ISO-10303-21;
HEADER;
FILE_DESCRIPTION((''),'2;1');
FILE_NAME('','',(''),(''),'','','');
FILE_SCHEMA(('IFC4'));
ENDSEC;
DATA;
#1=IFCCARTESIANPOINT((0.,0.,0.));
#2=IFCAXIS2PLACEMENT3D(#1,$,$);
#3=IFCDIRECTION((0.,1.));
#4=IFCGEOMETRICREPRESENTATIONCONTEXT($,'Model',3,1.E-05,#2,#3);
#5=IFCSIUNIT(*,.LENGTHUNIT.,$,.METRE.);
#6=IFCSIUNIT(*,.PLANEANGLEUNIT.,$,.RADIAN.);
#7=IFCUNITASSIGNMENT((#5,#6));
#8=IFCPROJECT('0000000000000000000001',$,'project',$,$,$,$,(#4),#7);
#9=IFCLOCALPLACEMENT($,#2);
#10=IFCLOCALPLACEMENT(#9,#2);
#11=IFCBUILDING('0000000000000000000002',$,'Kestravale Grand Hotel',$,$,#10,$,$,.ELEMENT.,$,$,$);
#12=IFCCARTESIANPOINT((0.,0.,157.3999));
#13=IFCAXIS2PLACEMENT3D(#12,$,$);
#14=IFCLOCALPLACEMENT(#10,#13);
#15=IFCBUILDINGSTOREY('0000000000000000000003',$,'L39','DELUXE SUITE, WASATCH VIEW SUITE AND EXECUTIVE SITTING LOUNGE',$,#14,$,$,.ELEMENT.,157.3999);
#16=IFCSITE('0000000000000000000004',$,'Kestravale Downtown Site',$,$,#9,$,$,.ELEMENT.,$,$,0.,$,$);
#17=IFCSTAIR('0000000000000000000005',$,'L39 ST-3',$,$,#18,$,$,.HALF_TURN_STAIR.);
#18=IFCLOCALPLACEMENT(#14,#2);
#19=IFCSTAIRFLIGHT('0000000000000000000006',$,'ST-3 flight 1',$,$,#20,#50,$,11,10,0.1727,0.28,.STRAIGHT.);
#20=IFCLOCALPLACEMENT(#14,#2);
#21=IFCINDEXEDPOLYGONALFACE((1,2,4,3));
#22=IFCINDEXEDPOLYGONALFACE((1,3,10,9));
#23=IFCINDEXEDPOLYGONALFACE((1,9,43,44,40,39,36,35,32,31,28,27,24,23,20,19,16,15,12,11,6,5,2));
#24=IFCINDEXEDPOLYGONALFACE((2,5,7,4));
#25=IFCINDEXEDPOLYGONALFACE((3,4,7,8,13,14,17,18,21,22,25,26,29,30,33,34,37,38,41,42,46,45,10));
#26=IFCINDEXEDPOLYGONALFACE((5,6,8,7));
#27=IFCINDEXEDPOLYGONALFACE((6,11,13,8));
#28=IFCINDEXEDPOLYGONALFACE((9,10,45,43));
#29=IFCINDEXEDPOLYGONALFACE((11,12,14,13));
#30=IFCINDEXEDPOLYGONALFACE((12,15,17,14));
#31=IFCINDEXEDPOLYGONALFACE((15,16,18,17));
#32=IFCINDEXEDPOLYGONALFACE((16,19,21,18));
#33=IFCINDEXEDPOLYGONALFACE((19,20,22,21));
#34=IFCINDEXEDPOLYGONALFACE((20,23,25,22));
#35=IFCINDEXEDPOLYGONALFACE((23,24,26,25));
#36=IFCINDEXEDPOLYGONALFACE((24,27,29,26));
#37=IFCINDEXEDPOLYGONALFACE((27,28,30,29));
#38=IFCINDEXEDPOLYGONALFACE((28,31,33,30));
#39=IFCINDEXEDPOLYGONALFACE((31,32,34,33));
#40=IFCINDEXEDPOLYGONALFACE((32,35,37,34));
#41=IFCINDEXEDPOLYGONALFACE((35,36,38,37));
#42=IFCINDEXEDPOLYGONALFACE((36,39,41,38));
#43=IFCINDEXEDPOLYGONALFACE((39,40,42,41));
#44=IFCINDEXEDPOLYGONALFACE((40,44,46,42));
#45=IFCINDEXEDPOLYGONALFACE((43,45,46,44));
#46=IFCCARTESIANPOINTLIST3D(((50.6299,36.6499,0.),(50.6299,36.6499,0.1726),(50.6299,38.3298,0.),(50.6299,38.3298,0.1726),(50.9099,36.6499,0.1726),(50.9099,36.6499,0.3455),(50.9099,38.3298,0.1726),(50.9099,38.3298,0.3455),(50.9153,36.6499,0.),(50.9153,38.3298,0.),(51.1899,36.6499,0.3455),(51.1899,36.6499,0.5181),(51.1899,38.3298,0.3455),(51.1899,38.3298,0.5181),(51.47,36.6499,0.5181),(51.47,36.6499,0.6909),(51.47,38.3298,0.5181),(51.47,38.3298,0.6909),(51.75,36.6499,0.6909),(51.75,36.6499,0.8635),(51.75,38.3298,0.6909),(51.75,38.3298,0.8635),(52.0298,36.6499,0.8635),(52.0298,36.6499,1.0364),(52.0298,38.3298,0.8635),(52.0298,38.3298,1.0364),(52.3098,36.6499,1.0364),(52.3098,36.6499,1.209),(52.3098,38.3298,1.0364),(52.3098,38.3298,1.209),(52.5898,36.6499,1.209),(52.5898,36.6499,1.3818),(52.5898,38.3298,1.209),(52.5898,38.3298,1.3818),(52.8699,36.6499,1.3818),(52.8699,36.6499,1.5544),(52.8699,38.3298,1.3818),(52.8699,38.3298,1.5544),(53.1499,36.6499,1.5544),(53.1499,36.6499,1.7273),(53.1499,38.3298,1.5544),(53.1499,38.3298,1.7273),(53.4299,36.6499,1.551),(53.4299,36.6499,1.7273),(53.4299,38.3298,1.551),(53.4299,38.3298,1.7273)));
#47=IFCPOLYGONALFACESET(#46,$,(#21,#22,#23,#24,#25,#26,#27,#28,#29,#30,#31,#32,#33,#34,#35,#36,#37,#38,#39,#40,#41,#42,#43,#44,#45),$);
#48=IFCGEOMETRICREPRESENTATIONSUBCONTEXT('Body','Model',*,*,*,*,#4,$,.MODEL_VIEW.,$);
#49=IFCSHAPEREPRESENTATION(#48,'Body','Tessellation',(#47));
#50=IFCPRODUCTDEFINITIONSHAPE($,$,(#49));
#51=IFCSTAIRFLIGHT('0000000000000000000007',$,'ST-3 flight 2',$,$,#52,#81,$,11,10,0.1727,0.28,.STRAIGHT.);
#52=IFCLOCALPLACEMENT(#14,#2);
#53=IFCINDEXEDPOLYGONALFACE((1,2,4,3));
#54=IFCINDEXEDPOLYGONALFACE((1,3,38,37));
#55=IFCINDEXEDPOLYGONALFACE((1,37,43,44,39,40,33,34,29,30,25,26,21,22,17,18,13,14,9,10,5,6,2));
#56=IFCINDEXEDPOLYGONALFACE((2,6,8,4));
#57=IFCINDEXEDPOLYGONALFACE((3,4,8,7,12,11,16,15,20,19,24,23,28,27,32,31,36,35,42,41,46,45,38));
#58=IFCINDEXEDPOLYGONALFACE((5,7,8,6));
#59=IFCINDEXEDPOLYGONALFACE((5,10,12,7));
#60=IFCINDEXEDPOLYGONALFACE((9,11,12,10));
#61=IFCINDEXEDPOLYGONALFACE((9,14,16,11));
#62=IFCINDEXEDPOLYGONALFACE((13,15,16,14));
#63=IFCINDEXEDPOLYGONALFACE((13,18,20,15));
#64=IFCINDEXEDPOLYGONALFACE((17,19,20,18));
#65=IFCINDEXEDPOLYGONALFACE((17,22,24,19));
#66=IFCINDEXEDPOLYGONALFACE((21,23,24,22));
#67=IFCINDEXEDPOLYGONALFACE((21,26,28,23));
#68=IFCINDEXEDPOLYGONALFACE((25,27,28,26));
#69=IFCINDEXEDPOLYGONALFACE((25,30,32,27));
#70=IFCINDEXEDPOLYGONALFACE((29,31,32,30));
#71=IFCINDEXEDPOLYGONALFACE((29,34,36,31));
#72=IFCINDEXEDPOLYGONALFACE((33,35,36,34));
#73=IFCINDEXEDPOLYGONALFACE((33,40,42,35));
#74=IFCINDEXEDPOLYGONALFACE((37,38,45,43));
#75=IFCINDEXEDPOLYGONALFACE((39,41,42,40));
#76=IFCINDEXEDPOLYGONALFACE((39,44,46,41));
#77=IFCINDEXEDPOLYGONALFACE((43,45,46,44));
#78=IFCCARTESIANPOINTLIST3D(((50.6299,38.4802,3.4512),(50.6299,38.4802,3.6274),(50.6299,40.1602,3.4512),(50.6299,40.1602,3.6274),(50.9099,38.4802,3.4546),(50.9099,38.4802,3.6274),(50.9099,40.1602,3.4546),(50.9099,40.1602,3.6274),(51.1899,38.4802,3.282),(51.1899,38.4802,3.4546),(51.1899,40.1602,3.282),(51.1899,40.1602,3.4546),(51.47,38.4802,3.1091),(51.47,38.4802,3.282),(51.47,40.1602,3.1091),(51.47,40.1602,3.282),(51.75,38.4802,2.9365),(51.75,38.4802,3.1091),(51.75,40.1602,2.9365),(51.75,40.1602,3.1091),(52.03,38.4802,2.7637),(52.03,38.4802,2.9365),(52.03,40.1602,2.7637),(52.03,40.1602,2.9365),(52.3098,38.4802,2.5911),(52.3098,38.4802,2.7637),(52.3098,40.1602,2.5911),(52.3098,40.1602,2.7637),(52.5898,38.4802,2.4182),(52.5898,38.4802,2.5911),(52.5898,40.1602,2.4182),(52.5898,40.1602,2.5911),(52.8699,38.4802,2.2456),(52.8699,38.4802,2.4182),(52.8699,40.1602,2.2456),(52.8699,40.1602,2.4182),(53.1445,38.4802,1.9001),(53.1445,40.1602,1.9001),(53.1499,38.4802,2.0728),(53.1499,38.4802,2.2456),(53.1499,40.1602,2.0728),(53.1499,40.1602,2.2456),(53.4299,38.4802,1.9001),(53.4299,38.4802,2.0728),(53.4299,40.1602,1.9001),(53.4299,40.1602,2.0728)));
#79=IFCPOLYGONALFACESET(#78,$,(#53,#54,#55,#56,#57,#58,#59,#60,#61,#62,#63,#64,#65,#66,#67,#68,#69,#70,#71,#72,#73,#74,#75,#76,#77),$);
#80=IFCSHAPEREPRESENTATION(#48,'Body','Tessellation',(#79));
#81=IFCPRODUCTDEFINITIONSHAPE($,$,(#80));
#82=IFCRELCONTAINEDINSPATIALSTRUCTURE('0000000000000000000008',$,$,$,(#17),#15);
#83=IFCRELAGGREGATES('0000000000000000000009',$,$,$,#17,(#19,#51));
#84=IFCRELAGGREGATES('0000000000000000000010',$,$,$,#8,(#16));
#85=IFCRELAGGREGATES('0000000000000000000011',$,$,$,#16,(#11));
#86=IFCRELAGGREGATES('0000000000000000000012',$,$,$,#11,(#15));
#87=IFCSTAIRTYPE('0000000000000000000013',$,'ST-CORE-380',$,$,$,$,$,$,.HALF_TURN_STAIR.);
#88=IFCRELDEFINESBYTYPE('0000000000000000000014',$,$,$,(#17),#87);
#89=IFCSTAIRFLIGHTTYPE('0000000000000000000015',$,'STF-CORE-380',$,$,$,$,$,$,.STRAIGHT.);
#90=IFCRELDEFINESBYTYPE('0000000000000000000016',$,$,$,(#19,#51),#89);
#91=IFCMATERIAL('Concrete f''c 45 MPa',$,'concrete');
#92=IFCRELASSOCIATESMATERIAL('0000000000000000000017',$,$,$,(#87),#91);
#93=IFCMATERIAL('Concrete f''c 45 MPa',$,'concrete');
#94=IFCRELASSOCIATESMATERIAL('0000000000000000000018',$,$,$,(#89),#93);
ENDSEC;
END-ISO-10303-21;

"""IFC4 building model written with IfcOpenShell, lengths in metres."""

from ifc_helpers import new_model, si_unit, direction, frame, origin, place, context, subcontext, project, spatial, polyline, outline, extrude, material, type_object, element, aggregate, save


model = new_model("IFC4")

# Units and contexts
model_context = context("Model", 3, precision=1e-05, world=origin(), true_north=direction((0.0, 1.0)))
body_context = subcontext(model_context, "Body", "Model", "MODEL_VIEW")
ifc_project = project(units=[si_unit("LENGTHUNIT", "METRE"), si_unit("PLANEANGLEUNIT", "RADIAN")], contexts=[model_context])

# Site, building, storey
site_placement = place(None, origin())
site = spatial("IfcSite", under=ifc_project, at=site_placement, Name="Kestravale Downtown Site", CompositionType="ELEMENT", RefElevation=0.0)
building_placement = place(site_placement, origin())
building = spatial("IfcBuilding", under=site, at=building_placement, Name="Kestravale Grand Hotel", CompositionType="ELEMENT")
storey_placement = place(building_placement, frame((0.0, 0.0, 157.3999)))
storey = spatial("IfcBuildingStorey", under=building, at=storey_placement, Name="L39", Description="DELUXE SUITE, WASATCH VIEW SUITE AND EXECUTIVE SITTING LOUNGE", CompositionType="ELEMENT", Elevation=157.3999)

# Stair, stair flights
ifc_material_1 = material(Name="Concrete f'c 45 MPa", Category="concrete")
stair_type = type_object("IfcStairType", Name="ST-CORE-380", PredefinedType="HALF_TURN_STAIR", material=ifc_material_1)
stair_placement = place(storey_placement, origin())
stair = element("IfcStair", 1, at=stair_placement, inside=storey, type_object=stair_type, Name="L39 ST-3", PredefinedType="HALF_TURN_STAIR")
ifc_material_2 = material(Name="Concrete f'c 45 MPa", Category="concrete")
stair_flight_type = type_object("IfcStairFlightType", Name="STF-CORE-380", PredefinedType="STRAIGHT", material=ifc_material_2)
stair_flight_1_placement = place(storey_placement, frame((50.6299, 37.49, 0.0), z_axis=(0.0, 0.0, 1.0), x_axis=(1.0, 0.0, 0.0)))
stair_flight_1 = element("IfcStairFlight", 2, at=stair_flight_1_placement, type_object=stair_flight_type, Name="ST-3 flight 1", NumberOfRisers=11, NumberOfTreads=10, PredefinedType="STRAIGHT", RiserHeight=0.1727, TreadLength=0.28, context=body_context, shape_type="SweptSolid", body=[
    extrude(outline(polyline([(0.0, 0.0), (0.0, 0.1726), (0.28, 0.1726), (0.28, 0.3455), (0.5601, 0.3455), (0.5601, 0.5181), (0.8401, 0.5181), (0.8401, 0.6909), (1.1201, 0.6909), (1.1201, 0.8635), (1.3999, 0.8635), (1.3999, 1.0364), (1.6799, 1.0364), (1.6799, 1.209), (1.96, 1.209), (1.96, 1.3818), (2.24, 1.3818), (2.24, 1.5544), (2.52, 1.5544), (2.52, 1.7273), (2.8, 1.7273), (2.8, 1.8999), (2.8, 1.551), (0.2854, 0.0), (0.0, 0.0)])), frame((0.0, 0.8398, 0.0), z_axis=(0.0, -1.0, 0.0), x_axis=(1.0, 0.0, 0.0)), (0.0, 0.0, 1.0), 1.6799),
])
stair_flight_2_placement = place(storey_placement, frame((53.4299, 39.3201, 1.9001), z_axis=(0.0, 0.0, 1.0), x_axis=(-1.0, 0.0, 0.0)))
stair_flight_2 = element("IfcStairFlight", 3, at=stair_flight_2_placement, type_object=stair_flight_type, Name="ST-3 flight 2", NumberOfRisers=11, NumberOfTreads=10, PredefinedType="STRAIGHT", RiserHeight=0.1727, TreadLength=0.28, context=body_context, shape_type="SweptSolid", body=[
    extrude(outline(polyline([(0.0, 0.0), (0.0, 0.1726), (0.28, 0.1726), (0.28, 0.3455), (0.5601, 0.3455), (0.5601, 0.5181), (0.8401, 0.5181), (0.8401, 0.6909), (1.1201, 0.6909), (1.1201, 0.8635), (1.3999, 0.8635), (1.3999, 1.0364), (1.6799, 1.0364), (1.6799, 1.209), (1.96, 1.209), (1.96, 1.3818), (2.24, 1.3818), (2.24, 1.5544), (2.52, 1.5544), (2.52, 1.7273), (2.8, 1.7273), (2.8, 1.8999), (2.8, 1.551), (0.2854, 0.0), (0.0, 0.0)])), frame((0.0, 0.8398, 0.0), z_axis=(0.0, -1.0, 0.0), x_axis=(1.0, 0.0, 0.0)), (0.0, 0.0, 1.0), 1.6799),
])
aggregate(stair, [stair_flight_1, stair_flight_2])

save(model, "model.ifc")
